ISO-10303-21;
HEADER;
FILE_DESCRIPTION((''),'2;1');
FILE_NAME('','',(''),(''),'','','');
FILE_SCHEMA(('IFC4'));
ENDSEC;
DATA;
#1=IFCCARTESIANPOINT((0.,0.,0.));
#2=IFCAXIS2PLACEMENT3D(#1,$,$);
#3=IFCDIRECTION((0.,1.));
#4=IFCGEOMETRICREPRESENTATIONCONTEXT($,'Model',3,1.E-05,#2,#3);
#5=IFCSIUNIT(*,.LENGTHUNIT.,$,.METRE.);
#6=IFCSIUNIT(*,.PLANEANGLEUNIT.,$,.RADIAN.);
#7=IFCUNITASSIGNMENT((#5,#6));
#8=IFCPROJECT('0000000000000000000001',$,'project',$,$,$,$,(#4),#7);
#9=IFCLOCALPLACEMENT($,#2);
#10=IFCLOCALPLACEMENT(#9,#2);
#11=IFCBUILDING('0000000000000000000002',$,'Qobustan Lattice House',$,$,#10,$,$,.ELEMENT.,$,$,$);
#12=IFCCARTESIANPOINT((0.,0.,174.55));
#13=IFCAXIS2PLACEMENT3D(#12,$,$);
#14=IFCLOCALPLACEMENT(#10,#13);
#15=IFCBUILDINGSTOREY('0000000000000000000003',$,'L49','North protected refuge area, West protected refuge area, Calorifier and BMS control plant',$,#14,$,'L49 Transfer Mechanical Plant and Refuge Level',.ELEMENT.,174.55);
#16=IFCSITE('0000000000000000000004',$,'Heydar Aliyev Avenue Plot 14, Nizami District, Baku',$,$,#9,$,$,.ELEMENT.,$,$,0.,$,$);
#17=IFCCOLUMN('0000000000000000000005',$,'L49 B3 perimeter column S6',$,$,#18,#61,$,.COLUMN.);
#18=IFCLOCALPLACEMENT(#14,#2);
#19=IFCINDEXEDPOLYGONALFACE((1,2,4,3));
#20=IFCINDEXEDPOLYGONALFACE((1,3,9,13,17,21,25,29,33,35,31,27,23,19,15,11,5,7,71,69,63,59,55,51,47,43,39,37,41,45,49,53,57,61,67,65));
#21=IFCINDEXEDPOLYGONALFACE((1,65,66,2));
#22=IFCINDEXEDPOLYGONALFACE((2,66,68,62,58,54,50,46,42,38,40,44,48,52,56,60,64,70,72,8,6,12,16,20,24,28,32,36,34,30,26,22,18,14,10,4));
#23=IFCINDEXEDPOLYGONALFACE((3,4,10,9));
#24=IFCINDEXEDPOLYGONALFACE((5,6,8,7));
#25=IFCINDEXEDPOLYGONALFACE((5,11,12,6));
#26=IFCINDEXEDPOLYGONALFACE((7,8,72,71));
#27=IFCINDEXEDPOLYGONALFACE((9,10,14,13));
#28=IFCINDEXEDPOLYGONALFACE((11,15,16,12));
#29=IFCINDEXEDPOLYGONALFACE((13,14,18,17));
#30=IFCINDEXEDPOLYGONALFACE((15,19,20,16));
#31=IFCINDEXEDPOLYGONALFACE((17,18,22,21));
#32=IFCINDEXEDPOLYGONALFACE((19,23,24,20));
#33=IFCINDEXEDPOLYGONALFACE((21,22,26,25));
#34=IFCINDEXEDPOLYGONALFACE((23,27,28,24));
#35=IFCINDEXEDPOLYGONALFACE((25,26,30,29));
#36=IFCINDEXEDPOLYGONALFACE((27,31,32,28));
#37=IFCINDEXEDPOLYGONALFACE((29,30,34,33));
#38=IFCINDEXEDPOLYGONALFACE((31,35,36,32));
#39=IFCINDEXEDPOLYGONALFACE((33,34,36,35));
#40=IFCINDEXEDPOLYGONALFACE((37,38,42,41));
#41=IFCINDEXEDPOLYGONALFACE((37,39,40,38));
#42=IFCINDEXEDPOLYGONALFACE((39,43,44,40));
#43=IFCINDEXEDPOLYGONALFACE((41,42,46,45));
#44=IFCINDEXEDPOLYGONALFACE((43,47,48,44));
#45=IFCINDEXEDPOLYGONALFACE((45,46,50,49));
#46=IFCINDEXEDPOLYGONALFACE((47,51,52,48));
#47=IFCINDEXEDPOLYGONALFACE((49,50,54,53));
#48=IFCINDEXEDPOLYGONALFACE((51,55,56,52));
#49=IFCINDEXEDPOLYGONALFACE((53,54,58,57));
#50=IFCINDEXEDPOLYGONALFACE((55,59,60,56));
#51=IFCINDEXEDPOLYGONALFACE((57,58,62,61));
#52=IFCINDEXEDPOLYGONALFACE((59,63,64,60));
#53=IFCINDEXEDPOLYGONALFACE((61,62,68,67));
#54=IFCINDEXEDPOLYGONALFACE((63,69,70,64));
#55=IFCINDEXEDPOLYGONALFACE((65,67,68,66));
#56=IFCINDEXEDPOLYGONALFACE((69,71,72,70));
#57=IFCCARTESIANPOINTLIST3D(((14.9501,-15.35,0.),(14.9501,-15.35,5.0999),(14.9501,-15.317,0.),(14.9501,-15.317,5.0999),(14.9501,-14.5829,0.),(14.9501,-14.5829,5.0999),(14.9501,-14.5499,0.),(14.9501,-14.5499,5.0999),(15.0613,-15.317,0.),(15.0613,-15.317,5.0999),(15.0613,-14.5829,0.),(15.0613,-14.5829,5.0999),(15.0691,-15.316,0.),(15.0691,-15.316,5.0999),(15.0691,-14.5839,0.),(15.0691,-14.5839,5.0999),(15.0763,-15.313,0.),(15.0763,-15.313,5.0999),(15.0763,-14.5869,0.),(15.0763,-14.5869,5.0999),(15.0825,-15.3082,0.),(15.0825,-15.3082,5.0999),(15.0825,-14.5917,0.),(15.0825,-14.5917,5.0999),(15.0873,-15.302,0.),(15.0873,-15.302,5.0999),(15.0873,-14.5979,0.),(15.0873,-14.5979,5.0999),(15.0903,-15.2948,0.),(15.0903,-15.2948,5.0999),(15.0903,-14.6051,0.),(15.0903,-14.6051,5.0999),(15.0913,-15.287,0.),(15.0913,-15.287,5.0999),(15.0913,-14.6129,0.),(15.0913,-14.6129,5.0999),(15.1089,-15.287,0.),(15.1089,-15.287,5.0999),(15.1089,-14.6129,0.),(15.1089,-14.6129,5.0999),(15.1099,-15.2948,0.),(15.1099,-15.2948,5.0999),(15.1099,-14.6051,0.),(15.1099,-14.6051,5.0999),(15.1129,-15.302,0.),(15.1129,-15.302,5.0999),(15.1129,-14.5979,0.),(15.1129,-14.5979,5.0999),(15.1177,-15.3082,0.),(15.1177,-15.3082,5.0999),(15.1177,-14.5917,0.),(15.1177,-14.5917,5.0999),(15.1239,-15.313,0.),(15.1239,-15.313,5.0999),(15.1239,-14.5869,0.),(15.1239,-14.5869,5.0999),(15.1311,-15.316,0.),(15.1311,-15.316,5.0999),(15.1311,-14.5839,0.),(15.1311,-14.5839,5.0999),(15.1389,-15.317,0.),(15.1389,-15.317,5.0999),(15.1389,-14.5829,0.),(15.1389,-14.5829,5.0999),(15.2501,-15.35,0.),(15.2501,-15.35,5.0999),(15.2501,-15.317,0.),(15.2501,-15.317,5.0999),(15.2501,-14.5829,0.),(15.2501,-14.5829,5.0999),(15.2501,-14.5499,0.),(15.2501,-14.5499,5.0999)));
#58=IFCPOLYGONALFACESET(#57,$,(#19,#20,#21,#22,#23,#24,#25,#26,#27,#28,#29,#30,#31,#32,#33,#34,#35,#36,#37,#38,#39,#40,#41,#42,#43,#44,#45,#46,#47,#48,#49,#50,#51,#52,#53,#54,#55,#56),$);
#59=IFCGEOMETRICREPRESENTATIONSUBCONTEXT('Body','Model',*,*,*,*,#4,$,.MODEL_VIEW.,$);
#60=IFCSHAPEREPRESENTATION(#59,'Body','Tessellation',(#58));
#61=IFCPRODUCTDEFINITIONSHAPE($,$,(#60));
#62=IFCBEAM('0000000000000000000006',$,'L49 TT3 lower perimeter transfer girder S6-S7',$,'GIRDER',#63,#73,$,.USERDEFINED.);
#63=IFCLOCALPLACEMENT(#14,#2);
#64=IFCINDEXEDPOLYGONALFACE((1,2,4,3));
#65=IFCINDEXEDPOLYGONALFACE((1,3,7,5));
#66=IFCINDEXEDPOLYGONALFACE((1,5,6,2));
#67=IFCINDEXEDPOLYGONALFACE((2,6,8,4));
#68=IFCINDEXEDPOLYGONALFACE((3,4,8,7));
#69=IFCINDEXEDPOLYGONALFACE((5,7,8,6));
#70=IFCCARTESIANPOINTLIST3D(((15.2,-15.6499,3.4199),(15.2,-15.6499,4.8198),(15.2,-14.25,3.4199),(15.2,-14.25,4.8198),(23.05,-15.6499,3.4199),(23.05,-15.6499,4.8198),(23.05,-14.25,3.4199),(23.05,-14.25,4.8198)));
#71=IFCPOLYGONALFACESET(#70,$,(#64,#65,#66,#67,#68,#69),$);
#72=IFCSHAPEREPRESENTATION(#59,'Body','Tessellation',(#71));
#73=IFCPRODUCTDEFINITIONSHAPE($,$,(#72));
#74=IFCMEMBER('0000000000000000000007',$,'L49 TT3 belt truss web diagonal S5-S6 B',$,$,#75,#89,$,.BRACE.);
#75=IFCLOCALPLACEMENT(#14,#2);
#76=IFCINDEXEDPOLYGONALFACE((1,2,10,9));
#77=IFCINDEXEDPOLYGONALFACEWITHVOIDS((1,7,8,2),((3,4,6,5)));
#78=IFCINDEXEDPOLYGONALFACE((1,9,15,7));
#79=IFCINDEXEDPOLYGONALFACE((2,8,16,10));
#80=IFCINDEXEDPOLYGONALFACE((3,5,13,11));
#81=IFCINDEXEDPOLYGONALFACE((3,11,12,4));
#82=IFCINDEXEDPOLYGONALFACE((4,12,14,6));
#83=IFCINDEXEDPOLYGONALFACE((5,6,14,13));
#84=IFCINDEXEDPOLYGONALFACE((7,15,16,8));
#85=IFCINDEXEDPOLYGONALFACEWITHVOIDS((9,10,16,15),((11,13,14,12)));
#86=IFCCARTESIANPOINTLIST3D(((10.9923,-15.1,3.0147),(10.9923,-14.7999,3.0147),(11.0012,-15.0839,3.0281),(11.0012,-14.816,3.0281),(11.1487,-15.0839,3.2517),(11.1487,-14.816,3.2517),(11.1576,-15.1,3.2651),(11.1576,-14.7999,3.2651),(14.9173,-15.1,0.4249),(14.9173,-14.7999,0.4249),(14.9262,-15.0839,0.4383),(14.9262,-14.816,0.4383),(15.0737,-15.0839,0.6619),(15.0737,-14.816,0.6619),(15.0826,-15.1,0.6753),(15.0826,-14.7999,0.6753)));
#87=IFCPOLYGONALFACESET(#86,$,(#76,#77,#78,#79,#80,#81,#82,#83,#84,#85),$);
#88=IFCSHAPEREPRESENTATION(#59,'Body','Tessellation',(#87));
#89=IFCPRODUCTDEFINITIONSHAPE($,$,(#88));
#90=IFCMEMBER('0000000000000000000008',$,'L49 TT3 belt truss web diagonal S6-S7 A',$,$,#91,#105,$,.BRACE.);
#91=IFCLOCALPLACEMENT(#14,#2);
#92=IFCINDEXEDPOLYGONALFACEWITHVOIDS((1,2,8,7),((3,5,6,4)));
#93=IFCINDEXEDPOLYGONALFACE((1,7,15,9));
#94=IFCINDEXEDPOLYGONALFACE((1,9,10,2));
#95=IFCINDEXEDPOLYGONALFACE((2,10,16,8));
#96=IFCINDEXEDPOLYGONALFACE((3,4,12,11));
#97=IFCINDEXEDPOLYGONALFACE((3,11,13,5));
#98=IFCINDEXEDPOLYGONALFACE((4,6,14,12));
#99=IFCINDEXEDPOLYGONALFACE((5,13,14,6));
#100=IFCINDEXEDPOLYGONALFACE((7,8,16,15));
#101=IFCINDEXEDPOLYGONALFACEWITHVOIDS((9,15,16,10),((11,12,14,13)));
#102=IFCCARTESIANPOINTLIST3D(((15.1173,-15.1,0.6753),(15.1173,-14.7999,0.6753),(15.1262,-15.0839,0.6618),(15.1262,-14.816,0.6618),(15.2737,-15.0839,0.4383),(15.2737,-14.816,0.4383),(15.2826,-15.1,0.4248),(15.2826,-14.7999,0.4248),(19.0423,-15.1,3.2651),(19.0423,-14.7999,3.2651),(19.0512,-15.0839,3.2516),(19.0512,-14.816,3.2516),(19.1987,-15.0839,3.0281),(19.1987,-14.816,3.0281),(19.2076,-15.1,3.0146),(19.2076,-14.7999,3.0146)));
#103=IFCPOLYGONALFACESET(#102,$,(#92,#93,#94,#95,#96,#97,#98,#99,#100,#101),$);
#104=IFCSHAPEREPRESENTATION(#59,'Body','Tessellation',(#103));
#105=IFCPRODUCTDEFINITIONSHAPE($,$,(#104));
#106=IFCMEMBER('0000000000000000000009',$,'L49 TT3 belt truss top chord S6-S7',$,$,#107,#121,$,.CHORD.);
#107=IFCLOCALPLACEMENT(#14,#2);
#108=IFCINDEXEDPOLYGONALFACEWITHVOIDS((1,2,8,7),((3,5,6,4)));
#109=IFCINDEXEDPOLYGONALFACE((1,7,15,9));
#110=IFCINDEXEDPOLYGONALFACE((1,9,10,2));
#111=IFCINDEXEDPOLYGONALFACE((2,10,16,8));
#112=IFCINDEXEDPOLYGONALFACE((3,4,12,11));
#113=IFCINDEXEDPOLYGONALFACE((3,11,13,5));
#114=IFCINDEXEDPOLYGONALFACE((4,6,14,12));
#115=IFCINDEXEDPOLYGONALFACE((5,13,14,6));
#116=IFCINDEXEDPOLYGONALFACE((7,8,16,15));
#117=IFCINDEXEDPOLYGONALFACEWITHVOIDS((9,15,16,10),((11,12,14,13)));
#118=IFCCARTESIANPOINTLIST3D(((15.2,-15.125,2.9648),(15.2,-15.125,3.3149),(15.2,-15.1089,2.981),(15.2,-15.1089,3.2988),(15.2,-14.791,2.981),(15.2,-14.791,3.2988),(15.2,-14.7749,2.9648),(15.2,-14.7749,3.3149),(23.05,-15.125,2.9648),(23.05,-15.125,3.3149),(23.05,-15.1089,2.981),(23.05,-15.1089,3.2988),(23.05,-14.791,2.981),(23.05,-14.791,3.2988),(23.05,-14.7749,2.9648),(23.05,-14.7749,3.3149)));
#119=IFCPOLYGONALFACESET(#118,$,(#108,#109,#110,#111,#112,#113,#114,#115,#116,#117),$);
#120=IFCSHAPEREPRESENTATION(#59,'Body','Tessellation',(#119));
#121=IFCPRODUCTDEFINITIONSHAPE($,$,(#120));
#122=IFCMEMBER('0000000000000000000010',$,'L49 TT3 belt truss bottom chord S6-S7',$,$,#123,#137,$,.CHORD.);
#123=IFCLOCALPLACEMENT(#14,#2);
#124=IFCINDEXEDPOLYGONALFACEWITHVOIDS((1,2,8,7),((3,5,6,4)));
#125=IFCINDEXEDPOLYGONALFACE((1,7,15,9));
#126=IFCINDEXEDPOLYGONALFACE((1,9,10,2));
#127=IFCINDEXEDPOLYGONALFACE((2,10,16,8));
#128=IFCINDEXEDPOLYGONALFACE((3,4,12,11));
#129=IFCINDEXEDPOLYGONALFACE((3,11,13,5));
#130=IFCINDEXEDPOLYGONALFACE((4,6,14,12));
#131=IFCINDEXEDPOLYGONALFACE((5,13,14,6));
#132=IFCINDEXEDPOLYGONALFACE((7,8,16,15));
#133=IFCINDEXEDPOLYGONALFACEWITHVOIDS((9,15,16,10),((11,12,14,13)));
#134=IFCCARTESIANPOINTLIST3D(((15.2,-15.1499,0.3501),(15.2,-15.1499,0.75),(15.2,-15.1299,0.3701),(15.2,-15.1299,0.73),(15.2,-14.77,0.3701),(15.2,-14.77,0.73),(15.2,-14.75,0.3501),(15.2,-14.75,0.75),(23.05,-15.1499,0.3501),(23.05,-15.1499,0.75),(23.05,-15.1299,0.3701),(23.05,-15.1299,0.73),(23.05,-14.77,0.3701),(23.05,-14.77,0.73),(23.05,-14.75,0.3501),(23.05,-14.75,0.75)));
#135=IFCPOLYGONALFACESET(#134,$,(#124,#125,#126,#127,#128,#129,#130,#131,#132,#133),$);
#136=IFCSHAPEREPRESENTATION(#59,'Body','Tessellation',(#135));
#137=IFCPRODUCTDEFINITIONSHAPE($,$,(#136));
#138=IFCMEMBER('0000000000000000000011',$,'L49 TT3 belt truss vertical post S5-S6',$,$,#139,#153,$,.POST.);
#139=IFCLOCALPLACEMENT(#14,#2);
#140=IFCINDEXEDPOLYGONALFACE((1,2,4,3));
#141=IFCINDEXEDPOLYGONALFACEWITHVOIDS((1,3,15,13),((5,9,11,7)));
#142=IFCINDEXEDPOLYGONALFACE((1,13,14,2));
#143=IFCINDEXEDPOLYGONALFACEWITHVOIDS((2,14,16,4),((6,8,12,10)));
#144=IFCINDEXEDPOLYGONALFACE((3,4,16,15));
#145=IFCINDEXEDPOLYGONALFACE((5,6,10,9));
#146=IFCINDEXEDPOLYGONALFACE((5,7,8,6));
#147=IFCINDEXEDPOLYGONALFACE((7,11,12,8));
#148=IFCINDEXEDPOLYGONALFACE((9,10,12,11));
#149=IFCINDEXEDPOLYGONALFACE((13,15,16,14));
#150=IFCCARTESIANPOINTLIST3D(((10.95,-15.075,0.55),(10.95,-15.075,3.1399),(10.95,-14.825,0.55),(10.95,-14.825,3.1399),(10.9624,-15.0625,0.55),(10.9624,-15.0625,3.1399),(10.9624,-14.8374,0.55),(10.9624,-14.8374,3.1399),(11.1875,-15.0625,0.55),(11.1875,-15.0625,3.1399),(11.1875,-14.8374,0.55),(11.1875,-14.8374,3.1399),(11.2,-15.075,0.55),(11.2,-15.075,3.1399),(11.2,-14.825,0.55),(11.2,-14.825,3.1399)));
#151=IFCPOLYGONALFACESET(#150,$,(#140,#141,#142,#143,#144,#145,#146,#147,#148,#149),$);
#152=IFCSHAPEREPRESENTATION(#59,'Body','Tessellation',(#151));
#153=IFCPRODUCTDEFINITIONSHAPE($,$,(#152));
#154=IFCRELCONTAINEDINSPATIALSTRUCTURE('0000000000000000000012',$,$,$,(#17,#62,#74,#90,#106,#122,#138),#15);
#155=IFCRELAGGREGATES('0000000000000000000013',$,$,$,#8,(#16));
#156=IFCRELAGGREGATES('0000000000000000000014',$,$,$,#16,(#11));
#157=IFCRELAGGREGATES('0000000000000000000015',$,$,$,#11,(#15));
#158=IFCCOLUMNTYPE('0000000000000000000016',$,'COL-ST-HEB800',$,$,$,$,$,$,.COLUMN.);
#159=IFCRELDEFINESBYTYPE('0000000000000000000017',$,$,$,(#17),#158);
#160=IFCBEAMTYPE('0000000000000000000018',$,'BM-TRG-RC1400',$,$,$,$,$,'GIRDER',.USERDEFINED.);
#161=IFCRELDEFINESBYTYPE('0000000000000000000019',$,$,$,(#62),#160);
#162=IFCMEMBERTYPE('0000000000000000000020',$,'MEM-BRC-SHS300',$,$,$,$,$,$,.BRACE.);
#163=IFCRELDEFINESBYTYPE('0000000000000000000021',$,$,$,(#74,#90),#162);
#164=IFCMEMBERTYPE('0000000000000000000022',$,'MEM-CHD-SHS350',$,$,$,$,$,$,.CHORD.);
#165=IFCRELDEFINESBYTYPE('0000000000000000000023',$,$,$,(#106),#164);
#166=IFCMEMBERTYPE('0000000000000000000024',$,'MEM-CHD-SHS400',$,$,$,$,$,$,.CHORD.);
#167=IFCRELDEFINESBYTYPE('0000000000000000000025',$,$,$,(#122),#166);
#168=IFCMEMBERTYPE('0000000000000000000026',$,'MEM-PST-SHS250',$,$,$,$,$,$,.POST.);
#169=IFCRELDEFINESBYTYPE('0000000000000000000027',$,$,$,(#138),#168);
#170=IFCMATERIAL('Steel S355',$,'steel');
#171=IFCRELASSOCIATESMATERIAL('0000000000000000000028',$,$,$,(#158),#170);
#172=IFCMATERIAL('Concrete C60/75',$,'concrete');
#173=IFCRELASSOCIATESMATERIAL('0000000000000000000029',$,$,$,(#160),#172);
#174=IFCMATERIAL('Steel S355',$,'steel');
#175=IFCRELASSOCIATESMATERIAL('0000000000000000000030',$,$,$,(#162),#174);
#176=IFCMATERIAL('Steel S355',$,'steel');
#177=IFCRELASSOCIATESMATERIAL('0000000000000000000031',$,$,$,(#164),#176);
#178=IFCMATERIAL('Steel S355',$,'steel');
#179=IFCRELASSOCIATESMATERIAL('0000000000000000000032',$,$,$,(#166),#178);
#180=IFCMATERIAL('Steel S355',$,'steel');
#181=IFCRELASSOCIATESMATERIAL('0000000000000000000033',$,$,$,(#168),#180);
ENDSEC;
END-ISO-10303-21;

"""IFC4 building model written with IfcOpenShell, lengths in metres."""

from ifc_helpers import new_model, si_unit, direction, frame, origin, origin_2d, place, context, subcontext, project, spatial, rectangle, hollow_rectangle, i_section, extrude, material, material_profile, profile_set, type_object, element, save


model = new_model("IFC4")

# Units and contexts
model_context = context("Model", 3, precision=1e-05, world=origin(), true_north=direction((0.0, 1.0)))
body_context = subcontext(model_context, "Body", "Model", "MODEL_VIEW")
ifc_project = project(units=[si_unit("LENGTHUNIT", "METRE"), si_unit("PLANEANGLEUNIT", "RADIAN")], contexts=[model_context])

# Site, building, storey
site_placement = place(None, origin())
site = spatial("IfcSite", under=ifc_project, at=site_placement, Name="Heydar Aliyev Avenue Plot 14, Nizami District, Baku", CompositionType="ELEMENT", RefElevation=0.0)
building_placement = place(site_placement, origin())
building = spatial("IfcBuilding", under=site, at=building_placement, Name="Qobustan Lattice House", CompositionType="ELEMENT")
storey_placement = place(building_placement, frame((0.0, 0.0, 174.55)))
storey = spatial("IfcBuildingStorey", under=building, at=storey_placement, Name="L49", Description="North protected refuge area, West protected refuge area, Calorifier and BMS control plant", LongName="L49 Transfer Mechanical Plant and Refuge Level", CompositionType="ELEMENT", Elevation=174.55)

# Column
ifc_material_1 = material(Name="Steel S355", Category="steel")
ifc_material_profile_1 = material_profile(ifc_material_1, i_section(OverallWidth=0.3, OverallDepth=0.8, WebThickness=0.0176, FlangeThickness=0.033, FilletRadius=0.03, at=origin_2d()), Name="HEB800")
ifc_profile_set_1 = profile_set([ifc_material_profile_1], Name="Steel S355")
column_type = type_object("IfcColumnType", Name="COL-ST-HEB800", PredefinedType="COLUMN", material=ifc_profile_set_1)
column_placement = place(storey_placement, frame((15.1001, -14.95, 0.0), z_axis=(0.0, 0.0, 1.0), x_axis=(1.0, 0.0, 0.0)))
element("IfcColumn", 1, at=column_placement, inside=storey, type_object=column_type, Name="L49 B3 perimeter column S6", PredefinedType="COLUMN", context=body_context, shape_type="SweptSolid", body=[
    extrude(i_section(OverallWidth=0.3, OverallDepth=0.8, WebThickness=0.0176, FlangeThickness=0.033, FilletRadius=0.03, at=origin_2d()), origin(), (0.0, 0.0, 1.0), 5.0999),
])

# Beam
ifc_material_2 = material(Name="Concrete C60/75", Category="concrete")
ifc_material_profile_2 = material_profile(ifc_material_2, rectangle(XDim=1.3999, YDim=1.3999, at=origin_2d()), Name="RC1400x1400")
ifc_profile_set_2 = profile_set([ifc_material_profile_2], Name="Concrete C60/75")
beam_type = type_object("IfcBeamType", Name="BM-TRG-RC1400", ElementType="GIRDER", PredefinedType="USERDEFINED", material=ifc_profile_set_2)
beam_placement = place(storey_placement, frame((15.2, -14.95, 4.1199), z_axis=(1.0, 0.0, 0.0), x_axis=(0.0, 1.0, 0.0)))
element("IfcBeam", 2, at=beam_placement, inside=storey, type_object=beam_type, Name="L49 TT3 lower perimeter transfer girder S6-S7", ObjectType="GIRDER", PredefinedType="USERDEFINED", context=body_context, shape_type="SweptSolid", body=[
    extrude(rectangle(XDim=1.3999, YDim=1.3999, at=origin_2d()), origin(), (0.0, 0.0, 1.0), 7.8501),
])

# Members
ifc_material_3 = material(Name="Steel S355", Category="steel")
ifc_material_profile_3 = material_profile(ifc_material_3, hollow_rectangle(XDim=0.3, YDim=0.3, WallThickness=0.0161, at=origin_2d()), Name="SHS300x300x16")
ifc_profile_set_3 = profile_set([ifc_material_profile_3], Name="Steel S355")
member_type_1 = type_object("IfcMemberType", Name="MEM-BRC-SHS300", PredefinedType="BRACE", material=ifc_profile_set_3)
for number, where, z_axis, x_axis, name in (
    (3, (11.075, -14.95, 3.1399), (0.834677, 0.0, -0.55074), (0.0, 1.0, 0.0), "L49 TT3 belt truss web diagonal S5-S6 B"),
    (4, (15.2, -14.95, 0.55), (0.834677, 0.0, 0.55074), (0.0, 1.0, 0.0), "L49 TT3 belt truss web diagonal S6-S7 A"),
):
    element("IfcMember", number, at=place(storey_placement, frame(where, z_axis=z_axis, x_axis=x_axis)), inside=storey, type_object=member_type_1, Name=name, PredefinedType="BRACE", context=body_context, shape_type="SweptSolid", body=[
        extrude(hollow_rectangle(XDim=0.3, YDim=0.3, WallThickness=0.0161, at=origin_2d()), origin(), (0.0, 0.0, 1.0), 4.7024),
    ])
ifc_material_4 = material(Name="Steel S355", Category="steel")
ifc_material_profile_4 = material_profile(ifc_material_4, hollow_rectangle(XDim=0.3501, YDim=0.3501, WallThickness=0.0161, at=origin_2d()), Name="SHS350x350x16")
ifc_profile_set_4 = profile_set([ifc_material_profile_4], Name="Steel S355")
member_type_2 = type_object("IfcMemberType", Name="MEM-CHD-SHS350", PredefinedType="CHORD", material=ifc_profile_set_4)
member_1_placement = place(storey_placement, frame((15.2, -14.95, 3.1399), z_axis=(1.0, 0.0, 0.0), x_axis=(0.0, 1.0, 0.0)))
element("IfcMember", 5, at=member_1_placement, inside=storey, type_object=member_type_2, Name="L49 TT3 belt truss top chord S6-S7", PredefinedType="CHORD", context=body_context, shape_type="SweptSolid", body=[
    extrude(hollow_rectangle(XDim=0.3501, YDim=0.3501, WallThickness=0.0161, at=origin_2d()), origin(), (0.0, 0.0, 1.0), 7.8501),
])
ifc_material_5 = material(Name="Steel S355", Category="steel")
ifc_material_profile_5 = material_profile(ifc_material_5, hollow_rectangle(XDim=0.3999, YDim=0.3999, WallThickness=0.02, at=origin_2d()), Name="SHS400x400x20")
ifc_profile_set_5 = profile_set([ifc_material_profile_5], Name="Steel S355")
member_type_3 = type_object("IfcMemberType", Name="MEM-CHD-SHS400", PredefinedType="CHORD", material=ifc_profile_set_5)
member_2_placement = place(storey_placement, frame((15.2, -14.95, 0.55), z_axis=(1.0, 0.0, 0.0), x_axis=(0.0, 1.0, 0.0)))
element("IfcMember", 6, at=member_2_placement, inside=storey, type_object=member_type_3, Name="L49 TT3 belt truss bottom chord S6-S7", PredefinedType="CHORD", context=body_context, shape_type="SweptSolid", body=[
    extrude(hollow_rectangle(XDim=0.3999, YDim=0.3999, WallThickness=0.02, at=origin_2d()), origin(), (0.0, 0.0, 1.0), 7.8501),
])
ifc_material_6 = material(Name="Steel S355", Category="steel")
ifc_material_profile_6 = material_profile(ifc_material_6, hollow_rectangle(XDim=0.25, YDim=0.25, WallThickness=0.0125, at=origin_2d()), Name="SHS250x250x12.5")
ifc_profile_set_6 = profile_set([ifc_material_profile_6], Name="Steel S355")
member_type_4 = type_object("IfcMemberType", Name="MEM-PST-SHS250", PredefinedType="POST", material=ifc_profile_set_6)
member_3_placement = place(storey_placement, frame((11.075, -14.95, 0.55), z_axis=(0.0, 0.0, 1.0), x_axis=(1.0, 0.0, 0.0)))
element("IfcMember", 7, at=member_3_placement, inside=storey, type_object=member_type_4, Name="L49 TT3 belt truss vertical post S5-S6", PredefinedType="POST", context=body_context, shape_type="SweptSolid", body=[
    extrude(hollow_rectangle(XDim=0.25, YDim=0.25, WallThickness=0.0125, at=origin_2d()), origin(), (0.0, 0.0, 1.0), 2.5898),
])

save(model, "model.ifc")
